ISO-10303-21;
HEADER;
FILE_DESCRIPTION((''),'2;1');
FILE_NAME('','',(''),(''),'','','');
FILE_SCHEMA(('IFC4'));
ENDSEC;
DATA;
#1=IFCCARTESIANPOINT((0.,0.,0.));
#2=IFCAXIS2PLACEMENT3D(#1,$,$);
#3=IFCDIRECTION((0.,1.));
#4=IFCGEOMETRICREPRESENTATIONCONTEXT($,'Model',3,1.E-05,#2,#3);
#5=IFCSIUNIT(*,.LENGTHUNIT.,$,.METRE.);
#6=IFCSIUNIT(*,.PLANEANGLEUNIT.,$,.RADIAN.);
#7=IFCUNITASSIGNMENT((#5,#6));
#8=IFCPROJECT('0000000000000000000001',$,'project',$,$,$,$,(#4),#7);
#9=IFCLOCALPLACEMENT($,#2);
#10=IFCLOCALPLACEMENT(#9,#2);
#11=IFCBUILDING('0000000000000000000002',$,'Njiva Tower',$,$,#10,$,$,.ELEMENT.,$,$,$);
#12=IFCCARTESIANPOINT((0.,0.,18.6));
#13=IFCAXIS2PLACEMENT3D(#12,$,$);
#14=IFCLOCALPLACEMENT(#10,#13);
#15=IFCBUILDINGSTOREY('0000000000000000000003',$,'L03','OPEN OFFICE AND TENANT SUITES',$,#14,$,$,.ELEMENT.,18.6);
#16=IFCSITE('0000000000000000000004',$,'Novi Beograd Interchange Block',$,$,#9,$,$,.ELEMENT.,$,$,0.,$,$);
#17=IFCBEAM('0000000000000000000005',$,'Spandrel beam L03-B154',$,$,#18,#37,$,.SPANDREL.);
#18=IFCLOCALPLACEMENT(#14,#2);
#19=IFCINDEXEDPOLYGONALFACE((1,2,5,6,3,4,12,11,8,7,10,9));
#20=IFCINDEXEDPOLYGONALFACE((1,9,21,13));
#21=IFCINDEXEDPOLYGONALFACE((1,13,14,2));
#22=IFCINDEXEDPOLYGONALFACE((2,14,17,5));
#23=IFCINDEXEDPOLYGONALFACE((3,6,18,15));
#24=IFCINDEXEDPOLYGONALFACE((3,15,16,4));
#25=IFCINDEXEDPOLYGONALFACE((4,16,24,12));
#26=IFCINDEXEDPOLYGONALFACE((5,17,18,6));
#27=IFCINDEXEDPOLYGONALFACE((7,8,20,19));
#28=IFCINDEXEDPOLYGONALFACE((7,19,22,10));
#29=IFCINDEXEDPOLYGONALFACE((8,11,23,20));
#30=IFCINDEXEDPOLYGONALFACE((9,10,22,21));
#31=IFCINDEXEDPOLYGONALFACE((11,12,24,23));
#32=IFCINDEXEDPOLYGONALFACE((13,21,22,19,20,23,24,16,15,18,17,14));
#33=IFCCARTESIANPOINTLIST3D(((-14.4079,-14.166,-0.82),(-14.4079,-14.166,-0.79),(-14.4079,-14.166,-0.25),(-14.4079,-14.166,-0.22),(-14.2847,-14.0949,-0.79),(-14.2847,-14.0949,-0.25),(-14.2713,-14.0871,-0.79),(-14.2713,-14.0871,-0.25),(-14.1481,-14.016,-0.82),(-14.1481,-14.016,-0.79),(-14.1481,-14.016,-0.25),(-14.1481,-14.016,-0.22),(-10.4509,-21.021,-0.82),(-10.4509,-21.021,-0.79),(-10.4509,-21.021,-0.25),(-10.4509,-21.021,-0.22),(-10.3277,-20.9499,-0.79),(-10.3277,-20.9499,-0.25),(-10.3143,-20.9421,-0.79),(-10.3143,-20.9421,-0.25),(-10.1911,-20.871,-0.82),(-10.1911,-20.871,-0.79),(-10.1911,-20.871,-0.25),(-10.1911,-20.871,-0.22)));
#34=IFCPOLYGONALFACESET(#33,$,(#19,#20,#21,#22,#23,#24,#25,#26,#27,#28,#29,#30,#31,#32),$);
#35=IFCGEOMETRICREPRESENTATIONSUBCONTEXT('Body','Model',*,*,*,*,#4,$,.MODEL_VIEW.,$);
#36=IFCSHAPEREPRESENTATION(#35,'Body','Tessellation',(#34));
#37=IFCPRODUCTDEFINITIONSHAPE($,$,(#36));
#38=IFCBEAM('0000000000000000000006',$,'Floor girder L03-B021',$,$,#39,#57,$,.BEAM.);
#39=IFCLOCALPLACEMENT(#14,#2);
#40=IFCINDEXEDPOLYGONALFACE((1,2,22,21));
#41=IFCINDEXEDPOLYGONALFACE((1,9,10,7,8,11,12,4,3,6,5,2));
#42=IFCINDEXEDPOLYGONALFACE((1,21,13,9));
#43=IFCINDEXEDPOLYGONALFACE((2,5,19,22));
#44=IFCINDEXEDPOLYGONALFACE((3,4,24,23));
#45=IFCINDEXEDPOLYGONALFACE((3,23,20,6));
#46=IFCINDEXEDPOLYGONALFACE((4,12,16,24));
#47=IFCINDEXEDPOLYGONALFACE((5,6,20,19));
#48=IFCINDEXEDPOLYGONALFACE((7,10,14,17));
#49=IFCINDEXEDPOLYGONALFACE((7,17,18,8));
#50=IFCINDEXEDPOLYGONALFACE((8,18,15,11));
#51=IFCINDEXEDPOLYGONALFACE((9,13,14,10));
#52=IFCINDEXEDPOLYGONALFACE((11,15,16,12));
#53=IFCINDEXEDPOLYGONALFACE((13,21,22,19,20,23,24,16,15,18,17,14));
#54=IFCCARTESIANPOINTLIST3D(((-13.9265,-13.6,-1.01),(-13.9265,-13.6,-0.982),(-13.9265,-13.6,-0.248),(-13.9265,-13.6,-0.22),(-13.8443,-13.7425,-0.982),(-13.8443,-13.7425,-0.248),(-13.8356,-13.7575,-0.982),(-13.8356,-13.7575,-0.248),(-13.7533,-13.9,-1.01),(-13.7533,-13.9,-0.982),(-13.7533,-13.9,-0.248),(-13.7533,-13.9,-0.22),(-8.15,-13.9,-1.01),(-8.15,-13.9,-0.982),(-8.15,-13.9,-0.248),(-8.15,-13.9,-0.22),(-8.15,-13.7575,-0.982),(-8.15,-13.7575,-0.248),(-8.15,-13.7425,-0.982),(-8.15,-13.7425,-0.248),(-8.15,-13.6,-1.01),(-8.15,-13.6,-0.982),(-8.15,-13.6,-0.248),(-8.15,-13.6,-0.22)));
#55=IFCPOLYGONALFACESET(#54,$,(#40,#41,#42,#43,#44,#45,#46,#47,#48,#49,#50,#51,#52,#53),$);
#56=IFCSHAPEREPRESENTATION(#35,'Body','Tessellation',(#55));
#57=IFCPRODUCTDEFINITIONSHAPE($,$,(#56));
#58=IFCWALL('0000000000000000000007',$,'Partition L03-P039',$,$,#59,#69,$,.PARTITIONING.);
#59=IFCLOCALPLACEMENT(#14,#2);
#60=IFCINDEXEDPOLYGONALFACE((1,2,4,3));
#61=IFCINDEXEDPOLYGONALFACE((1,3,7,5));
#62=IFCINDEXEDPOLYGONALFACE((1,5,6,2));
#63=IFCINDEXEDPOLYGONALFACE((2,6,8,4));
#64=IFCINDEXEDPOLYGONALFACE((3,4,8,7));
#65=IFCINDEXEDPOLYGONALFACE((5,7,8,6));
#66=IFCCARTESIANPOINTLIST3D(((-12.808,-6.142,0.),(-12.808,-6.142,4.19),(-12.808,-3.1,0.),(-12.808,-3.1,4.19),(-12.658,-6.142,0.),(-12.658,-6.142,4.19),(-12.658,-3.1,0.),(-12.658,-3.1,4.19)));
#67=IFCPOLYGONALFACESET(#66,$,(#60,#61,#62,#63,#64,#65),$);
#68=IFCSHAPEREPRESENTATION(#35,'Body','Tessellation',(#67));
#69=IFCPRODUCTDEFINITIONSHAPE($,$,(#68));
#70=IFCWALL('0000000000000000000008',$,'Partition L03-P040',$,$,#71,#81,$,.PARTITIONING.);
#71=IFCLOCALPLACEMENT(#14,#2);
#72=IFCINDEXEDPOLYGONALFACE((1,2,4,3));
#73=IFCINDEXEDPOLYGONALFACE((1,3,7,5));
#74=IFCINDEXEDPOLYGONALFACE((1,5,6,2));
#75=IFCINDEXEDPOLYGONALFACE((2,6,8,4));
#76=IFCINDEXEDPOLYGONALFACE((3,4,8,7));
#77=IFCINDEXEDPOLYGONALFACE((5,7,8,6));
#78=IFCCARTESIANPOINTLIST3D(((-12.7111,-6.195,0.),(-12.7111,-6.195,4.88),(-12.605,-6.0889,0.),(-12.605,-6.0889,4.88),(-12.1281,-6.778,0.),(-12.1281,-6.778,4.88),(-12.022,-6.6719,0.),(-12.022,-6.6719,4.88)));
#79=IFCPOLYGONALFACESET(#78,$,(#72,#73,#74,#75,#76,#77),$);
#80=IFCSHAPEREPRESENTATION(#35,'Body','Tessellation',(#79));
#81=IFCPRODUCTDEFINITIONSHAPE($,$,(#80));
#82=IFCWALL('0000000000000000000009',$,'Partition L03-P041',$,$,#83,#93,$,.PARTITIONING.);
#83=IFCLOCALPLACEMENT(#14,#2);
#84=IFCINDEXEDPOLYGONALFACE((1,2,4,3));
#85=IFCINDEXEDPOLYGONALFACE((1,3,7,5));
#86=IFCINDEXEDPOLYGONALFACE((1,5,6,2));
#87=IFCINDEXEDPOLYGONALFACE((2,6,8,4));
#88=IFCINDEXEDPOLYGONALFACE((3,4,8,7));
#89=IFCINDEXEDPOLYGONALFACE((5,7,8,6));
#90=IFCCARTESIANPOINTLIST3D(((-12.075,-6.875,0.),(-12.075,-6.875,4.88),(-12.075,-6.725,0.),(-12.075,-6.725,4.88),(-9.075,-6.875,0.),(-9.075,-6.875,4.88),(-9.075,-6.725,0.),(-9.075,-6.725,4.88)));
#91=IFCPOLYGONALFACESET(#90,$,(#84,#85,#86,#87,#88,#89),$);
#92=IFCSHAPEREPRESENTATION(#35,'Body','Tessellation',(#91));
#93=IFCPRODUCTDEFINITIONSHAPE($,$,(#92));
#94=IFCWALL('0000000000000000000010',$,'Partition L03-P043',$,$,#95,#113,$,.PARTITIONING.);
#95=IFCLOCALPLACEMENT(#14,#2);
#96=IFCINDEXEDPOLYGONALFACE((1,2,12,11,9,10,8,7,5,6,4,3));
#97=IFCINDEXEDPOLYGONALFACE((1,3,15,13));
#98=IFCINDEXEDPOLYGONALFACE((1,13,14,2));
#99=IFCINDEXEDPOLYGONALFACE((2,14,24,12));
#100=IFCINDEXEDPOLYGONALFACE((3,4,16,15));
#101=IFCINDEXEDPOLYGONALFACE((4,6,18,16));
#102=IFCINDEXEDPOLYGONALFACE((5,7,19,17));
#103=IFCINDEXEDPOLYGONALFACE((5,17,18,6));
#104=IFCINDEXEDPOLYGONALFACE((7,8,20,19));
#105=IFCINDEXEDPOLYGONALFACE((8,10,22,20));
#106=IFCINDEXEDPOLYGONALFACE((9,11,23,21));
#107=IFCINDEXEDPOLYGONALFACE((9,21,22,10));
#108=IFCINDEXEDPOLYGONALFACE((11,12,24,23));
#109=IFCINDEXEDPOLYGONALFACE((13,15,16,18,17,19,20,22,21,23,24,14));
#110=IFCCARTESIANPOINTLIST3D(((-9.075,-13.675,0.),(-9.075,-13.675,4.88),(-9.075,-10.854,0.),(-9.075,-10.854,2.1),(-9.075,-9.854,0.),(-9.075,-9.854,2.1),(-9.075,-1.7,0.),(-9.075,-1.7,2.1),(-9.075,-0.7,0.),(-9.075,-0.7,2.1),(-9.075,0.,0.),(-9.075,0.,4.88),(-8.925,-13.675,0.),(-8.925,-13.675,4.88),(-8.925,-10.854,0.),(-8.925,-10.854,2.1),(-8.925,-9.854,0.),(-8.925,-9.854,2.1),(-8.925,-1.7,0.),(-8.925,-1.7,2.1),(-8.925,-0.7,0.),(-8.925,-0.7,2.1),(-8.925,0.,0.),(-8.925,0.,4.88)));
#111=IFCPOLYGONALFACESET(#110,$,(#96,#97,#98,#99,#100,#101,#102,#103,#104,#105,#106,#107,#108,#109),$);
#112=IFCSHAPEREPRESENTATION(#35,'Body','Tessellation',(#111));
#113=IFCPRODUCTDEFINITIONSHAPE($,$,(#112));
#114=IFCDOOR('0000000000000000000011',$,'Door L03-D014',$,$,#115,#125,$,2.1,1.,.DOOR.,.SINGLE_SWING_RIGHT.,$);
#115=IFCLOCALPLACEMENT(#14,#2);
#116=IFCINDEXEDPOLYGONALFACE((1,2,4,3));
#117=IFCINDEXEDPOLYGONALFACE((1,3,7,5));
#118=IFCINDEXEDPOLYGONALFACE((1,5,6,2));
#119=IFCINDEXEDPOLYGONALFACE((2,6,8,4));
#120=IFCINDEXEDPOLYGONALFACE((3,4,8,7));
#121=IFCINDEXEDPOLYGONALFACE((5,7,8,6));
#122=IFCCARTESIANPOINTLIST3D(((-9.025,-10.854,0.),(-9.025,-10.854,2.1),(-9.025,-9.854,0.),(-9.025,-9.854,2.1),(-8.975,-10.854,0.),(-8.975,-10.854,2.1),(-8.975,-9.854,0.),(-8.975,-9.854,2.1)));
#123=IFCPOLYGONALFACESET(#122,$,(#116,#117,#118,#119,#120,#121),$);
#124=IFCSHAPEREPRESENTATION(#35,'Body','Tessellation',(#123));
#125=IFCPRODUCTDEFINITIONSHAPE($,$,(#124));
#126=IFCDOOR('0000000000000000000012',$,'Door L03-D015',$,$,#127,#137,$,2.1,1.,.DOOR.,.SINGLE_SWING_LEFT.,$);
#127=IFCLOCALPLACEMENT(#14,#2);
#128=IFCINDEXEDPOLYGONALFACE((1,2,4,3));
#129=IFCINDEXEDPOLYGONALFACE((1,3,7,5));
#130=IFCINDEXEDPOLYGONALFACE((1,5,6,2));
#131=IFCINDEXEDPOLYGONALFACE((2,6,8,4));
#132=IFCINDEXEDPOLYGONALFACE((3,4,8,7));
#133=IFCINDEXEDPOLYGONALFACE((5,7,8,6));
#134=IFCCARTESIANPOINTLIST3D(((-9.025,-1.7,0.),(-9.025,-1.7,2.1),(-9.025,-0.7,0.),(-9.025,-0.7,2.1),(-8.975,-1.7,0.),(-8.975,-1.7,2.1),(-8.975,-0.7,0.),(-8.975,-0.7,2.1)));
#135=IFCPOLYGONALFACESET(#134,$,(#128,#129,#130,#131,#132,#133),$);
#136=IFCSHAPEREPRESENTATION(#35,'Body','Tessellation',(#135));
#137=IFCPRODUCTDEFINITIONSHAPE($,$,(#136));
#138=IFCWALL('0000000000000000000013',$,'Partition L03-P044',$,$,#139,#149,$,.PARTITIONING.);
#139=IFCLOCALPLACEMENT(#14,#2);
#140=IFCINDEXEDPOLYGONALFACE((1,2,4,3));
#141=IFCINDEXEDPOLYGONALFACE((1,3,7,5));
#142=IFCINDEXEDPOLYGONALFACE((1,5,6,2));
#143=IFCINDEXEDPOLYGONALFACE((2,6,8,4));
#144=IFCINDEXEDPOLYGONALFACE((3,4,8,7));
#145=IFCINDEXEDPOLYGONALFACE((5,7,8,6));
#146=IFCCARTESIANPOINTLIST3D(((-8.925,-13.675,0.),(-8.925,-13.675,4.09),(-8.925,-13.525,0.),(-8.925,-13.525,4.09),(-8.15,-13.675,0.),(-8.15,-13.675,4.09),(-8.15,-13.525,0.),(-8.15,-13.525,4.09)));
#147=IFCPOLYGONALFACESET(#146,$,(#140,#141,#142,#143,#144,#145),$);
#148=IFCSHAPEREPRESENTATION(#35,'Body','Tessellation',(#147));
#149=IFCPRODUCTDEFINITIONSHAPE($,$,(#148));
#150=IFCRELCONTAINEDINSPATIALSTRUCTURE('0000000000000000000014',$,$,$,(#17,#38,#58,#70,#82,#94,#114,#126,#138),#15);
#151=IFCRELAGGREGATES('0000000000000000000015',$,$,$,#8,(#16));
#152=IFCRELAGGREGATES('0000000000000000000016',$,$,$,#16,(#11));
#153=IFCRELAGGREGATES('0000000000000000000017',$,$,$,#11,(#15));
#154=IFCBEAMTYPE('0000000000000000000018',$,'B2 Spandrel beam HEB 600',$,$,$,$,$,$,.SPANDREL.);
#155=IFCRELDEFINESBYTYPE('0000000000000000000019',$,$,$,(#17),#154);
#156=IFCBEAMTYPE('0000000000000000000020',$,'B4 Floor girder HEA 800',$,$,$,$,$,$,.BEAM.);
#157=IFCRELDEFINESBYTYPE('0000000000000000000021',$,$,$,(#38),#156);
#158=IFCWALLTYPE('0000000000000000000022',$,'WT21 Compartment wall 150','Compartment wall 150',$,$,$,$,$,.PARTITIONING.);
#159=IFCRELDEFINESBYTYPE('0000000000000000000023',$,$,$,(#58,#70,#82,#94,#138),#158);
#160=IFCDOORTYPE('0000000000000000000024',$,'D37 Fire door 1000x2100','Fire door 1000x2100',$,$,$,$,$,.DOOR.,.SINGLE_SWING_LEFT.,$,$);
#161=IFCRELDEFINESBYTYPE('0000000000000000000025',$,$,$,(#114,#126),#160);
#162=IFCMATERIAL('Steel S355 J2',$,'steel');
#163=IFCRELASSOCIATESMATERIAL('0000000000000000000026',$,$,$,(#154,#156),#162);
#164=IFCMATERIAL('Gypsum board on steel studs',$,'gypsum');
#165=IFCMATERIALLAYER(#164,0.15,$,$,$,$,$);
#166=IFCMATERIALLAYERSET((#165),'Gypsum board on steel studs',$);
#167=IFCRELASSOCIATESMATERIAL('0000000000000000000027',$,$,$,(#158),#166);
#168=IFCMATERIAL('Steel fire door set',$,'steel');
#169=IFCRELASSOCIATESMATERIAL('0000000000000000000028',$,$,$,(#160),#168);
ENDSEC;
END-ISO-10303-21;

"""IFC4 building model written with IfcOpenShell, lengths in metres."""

from ifc_helpers import new_model, si_unit, direction, frame, frame_2d, origin, origin_2d, place, context, subcontext, project, spatial, rectangle, i_section, extrude, clip, halfspace, material, layer, layer_set, material_profile, profile_set, type_object, element, fill, save


model = new_model("IFC4")

# Units and contexts
model_context = context("Model", 3, precision=1e-05, world=origin(), true_north=direction((0.0, 1.0)))
body_context = subcontext(model_context, "Body", "Model", "MODEL_VIEW")
ifc_project = project(units=[si_unit("LENGTHUNIT", "METRE"), si_unit("PLANEANGLEUNIT", "RADIAN")], contexts=[model_context])

# Site, building, storey
site_placement = place(None, origin())
site = spatial("IfcSite", under=ifc_project, at=site_placement, Name="Novi Beograd Interchange Block", CompositionType="ELEMENT", RefElevation=0.0)
building_placement = place(site_placement, origin())
building = spatial("IfcBuilding", under=site, at=building_placement, Name="Njiva Tower", CompositionType="ELEMENT")
storey_placement = place(building_placement, frame((0.0, 0.0, 18.6)))
storey = spatial("IfcBuildingStorey", under=building, at=storey_placement, Name="L03", Description="OPEN OFFICE AND TENANT SUITES", CompositionType="ELEMENT", Elevation=18.6)

# Shared definitions
ifc_material_1 = material(Name="Steel S355 J2", Category="steel")

# Beams
ifc_material_profile_1 = material_profile(ifc_material_1, i_section(OverallWidth=0.3, OverallDepth=0.6, WebThickness=0.0155, FlangeThickness=0.03, at=origin_2d()), Name="HEB 600")
ifc_profile_set_1 = profile_set([ifc_material_profile_1], Name="Steel S355 J2")
beam_type_1 = type_object("IfcBeamType", Name="B2 Spandrel beam HEB 600", PredefinedType="SPANDREL", material=ifc_profile_set_1)
beam_1_placement = place(storey_placement, frame((-14.278, -14.091, -0.52), z_axis=(0.49993, -0.866066, 0.0), x_axis=(0.866066, 0.49993, 0.0)))
element("IfcBeam", 1, at=beam_1_placement, inside=storey, type_object=beam_type_1, Name="Spandrel beam L03-B154", PredefinedType="SPANDREL", context=body_context, shape_type="SweptSolid", body=[
    extrude(i_section(OverallWidth=0.3, OverallDepth=0.6, WebThickness=0.0155, FlangeThickness=0.03, at=origin_2d()), origin(), (0.0, 0.0, 1.0), 7.9151),
])
ifc_material_profile_2 = material_profile(ifc_material_1, i_section(OverallWidth=0.3, OverallDepth=0.79, WebThickness=0.015, FlangeThickness=0.028, at=origin_2d()), Name="HEA 800")
ifc_profile_set_2 = profile_set([ifc_material_profile_2], Name="Steel S355 J2")
beam_type_2 = type_object("IfcBeamType", Name="B4 Floor girder HEA 800", PredefinedType="BEAM", material=ifc_profile_set_2)
beam_2_placement = place(storey_placement, frame((-13.947, -13.75, -0.615), z_axis=(1.0, 0.0, 0.0), x_axis=(0.0, 1.0, 0.0)))
element("IfcBeam", 2, at=beam_2_placement, inside=storey, type_object=beam_type_2, Name="Floor girder L03-B021", PredefinedType="BEAM", context=body_context, shape_type="Clipping", body=[
    clip(extrude(i_section(OverallWidth=0.3, OverallDepth=0.79, WebThickness=0.015, FlangeThickness=0.028, at=origin_2d()), origin(), (0.0, 0.0, 1.0), 5.797), halfspace(frame((-0.025, 0.0, 0.1215), z_axis=(-0.499998, 0.0, -0.866027), x_axis=(0.0, -1.0, 0.0)), False)),
])

# Walls
ifc_material_2 = material(Name="Gypsum board on steel studs", Category="gypsum")
ifc_layer = layer(ifc_material_2, 0.15)
ifc_layer_set = layer_set([ifc_layer], Name="Gypsum board on steel studs")
wall_type = type_object("IfcWallType", Name="WT21 Compartment wall 150", Description="Compartment wall 150", PredefinedType="PARTITIONING", material=ifc_layer_set)
wall_1_placement = place(storey_placement, frame((-12.733, -6.142, 0.0), z_axis=(0.0, 0.0, 1.0), x_axis=(0.0, 1.0, 0.0)))
element("IfcWall", 3, at=wall_1_placement, inside=storey, type_object=wall_type, Name="Partition L03-P039", PredefinedType="PARTITIONING", context=body_context, shape_type="SweptSolid", body=[
    extrude(rectangle(XDim=3.042, YDim=0.15, at=frame_2d((1.521, 0.0))), origin(), (0.0, 0.0, 1.0), 4.19),
])
wall_2_placement = place(storey_placement, frame((-12.658, -6.142, 0.0), z_axis=(0.0, 0.0, 1.0), x_axis=(0.707107, -0.707107, 0.0)))
element("IfcWall", 4, at=wall_2_placement, inside=storey, type_object=wall_type, Name="Partition L03-P040", PredefinedType="PARTITIONING", context=body_context, shape_type="SweptSolid", body=[
    extrude(rectangle(XDim=0.8245, YDim=0.15, at=frame_2d((0.4122, 0.0))), origin(), (0.0, 0.0, 1.0), 4.88),
])
wall_3_placement = place(storey_placement, frame((-12.075, -6.8, 0.0), z_axis=(0.0, 0.0, 1.0), x_axis=(1.0, 0.0, 0.0)))
element("IfcWall", 5, at=wall_3_placement, inside=storey, type_object=wall_type, Name="Partition L03-P041", PredefinedType="PARTITIONING", context=body_context, shape_type="SweptSolid", body=[
    extrude(rectangle(XDim=3.0, YDim=0.15, at=frame_2d((1.5, 0.0))), origin(), (0.0, 0.0, 1.0), 4.88),
])

# Wall, openings, doors
wall_4_placement = place(storey_placement, frame((-9.0, -13.675, 0.0), z_axis=(0.0, 0.0, 1.0), x_axis=(0.0, 1.0, 0.0)))
wall_4 = element("IfcWall", 6, at=wall_4_placement, inside=storey, type_object=wall_type, Name="Partition L03-P043", PredefinedType="PARTITIONING", context=body_context, shape_type="SweptSolid", body=[
    extrude(rectangle(XDim=13.675, YDim=0.15, at=frame_2d((6.8375, 0.0))), origin(), (0.0, 0.0, 1.0), 4.88),
])
opening_1_placement = place(wall_4_placement, frame((2.821, 0.0, 0.0)))
opening_1 = element("IfcOpeningElement", 7, at=opening_1_placement, cuts=wall_4, PredefinedType="OPENING", context=body_context, shape_type="SweptSolid", body=[
    extrude(rectangle(XDim=1.0, YDim=2.1, at=frame_2d((0.5, 1.05))), frame((0.0, 0.085, 0.0), z_axis=(0.0, -1.0, 0.0), x_axis=(1.0, 0.0, 0.0)), (0.0, 0.0, 1.0), 0.17),
])
opening_2_placement = place(wall_4_placement, frame((11.975, 0.0, 0.0)))
opening_2 = element("IfcOpeningElement", 8, at=opening_2_placement, cuts=wall_4, PredefinedType="OPENING", context=body_context, shape_type="SweptSolid", body=[
    extrude(rectangle(XDim=1.0, YDim=2.1, at=frame_2d((0.5, 1.05))), frame((0.0, 0.085, 0.0), z_axis=(0.0, -1.0, 0.0), x_axis=(1.0, 0.0, 0.0)), (0.0, 0.0, 1.0), 0.17),
])
ifc_material_3 = material(Name="Steel fire door set", Category="steel")
door_type = type_object("IfcDoorType", Name="D37 Fire door 1000x2100", Description="Fire door 1000x2100", OperationType="SINGLE_SWING_LEFT", PredefinedType="DOOR", material=ifc_material_3)
door_1_placement = place(opening_1_placement, origin())
door_1 = element("IfcDoor", 9, at=door_1_placement, inside=storey, type_object=door_type, Name="Door L03-D014", OperationType="SINGLE_SWING_RIGHT", OverallHeight=2.1, OverallWidth=1.0, PredefinedType="DOOR", context=body_context, shape_type="SweptSolid", body=[
    extrude(rectangle(XDim=1.0, YDim=2.1, at=frame_2d((0.5, 1.05))), frame((0.0, 0.025, 0.0), z_axis=(0.0, -1.0, 0.0), x_axis=(1.0, 0.0, 0.0)), (0.0, 0.0, 1.0), 0.05),
])
fill(opening_1, door_1)
door_2_placement = place(opening_2_placement, origin())
door_2 = element("IfcDoor", 10, at=door_2_placement, inside=storey, type_object=door_type, Name="Door L03-D015", OperationType="SINGLE_SWING_LEFT", OverallHeight=2.1, OverallWidth=1.0, PredefinedType="DOOR", context=body_context, shape_type="SweptSolid", body=[
    extrude(rectangle(XDim=1.0, YDim=2.1, at=frame_2d((0.5, 1.05))), frame((0.0, 0.025, 0.0), z_axis=(0.0, -1.0, 0.0), x_axis=(1.0, 0.0, 0.0)), (0.0, 0.0, 1.0), 0.05),
])
fill(opening_2, door_2)

# Wall
wall_5_placement = place(storey_placement, frame((-8.925, -13.6, 0.0), z_axis=(0.0, 0.0, 1.0), x_axis=(1.0, 0.0, 0.0)))
element("IfcWall", 11, at=wall_5_placement, inside=storey, type_object=wall_type, Name="Partition L03-P044", PredefinedType="PARTITIONING", context=body_context, shape_type="SweptSolid", body=[
    extrude(rectangle(XDim=0.775, YDim=0.15, at=frame_2d((0.3875, 0.0))), origin(), (0.0, 0.0, 1.0), 4.09),
])

save(model, "model.ifc")
